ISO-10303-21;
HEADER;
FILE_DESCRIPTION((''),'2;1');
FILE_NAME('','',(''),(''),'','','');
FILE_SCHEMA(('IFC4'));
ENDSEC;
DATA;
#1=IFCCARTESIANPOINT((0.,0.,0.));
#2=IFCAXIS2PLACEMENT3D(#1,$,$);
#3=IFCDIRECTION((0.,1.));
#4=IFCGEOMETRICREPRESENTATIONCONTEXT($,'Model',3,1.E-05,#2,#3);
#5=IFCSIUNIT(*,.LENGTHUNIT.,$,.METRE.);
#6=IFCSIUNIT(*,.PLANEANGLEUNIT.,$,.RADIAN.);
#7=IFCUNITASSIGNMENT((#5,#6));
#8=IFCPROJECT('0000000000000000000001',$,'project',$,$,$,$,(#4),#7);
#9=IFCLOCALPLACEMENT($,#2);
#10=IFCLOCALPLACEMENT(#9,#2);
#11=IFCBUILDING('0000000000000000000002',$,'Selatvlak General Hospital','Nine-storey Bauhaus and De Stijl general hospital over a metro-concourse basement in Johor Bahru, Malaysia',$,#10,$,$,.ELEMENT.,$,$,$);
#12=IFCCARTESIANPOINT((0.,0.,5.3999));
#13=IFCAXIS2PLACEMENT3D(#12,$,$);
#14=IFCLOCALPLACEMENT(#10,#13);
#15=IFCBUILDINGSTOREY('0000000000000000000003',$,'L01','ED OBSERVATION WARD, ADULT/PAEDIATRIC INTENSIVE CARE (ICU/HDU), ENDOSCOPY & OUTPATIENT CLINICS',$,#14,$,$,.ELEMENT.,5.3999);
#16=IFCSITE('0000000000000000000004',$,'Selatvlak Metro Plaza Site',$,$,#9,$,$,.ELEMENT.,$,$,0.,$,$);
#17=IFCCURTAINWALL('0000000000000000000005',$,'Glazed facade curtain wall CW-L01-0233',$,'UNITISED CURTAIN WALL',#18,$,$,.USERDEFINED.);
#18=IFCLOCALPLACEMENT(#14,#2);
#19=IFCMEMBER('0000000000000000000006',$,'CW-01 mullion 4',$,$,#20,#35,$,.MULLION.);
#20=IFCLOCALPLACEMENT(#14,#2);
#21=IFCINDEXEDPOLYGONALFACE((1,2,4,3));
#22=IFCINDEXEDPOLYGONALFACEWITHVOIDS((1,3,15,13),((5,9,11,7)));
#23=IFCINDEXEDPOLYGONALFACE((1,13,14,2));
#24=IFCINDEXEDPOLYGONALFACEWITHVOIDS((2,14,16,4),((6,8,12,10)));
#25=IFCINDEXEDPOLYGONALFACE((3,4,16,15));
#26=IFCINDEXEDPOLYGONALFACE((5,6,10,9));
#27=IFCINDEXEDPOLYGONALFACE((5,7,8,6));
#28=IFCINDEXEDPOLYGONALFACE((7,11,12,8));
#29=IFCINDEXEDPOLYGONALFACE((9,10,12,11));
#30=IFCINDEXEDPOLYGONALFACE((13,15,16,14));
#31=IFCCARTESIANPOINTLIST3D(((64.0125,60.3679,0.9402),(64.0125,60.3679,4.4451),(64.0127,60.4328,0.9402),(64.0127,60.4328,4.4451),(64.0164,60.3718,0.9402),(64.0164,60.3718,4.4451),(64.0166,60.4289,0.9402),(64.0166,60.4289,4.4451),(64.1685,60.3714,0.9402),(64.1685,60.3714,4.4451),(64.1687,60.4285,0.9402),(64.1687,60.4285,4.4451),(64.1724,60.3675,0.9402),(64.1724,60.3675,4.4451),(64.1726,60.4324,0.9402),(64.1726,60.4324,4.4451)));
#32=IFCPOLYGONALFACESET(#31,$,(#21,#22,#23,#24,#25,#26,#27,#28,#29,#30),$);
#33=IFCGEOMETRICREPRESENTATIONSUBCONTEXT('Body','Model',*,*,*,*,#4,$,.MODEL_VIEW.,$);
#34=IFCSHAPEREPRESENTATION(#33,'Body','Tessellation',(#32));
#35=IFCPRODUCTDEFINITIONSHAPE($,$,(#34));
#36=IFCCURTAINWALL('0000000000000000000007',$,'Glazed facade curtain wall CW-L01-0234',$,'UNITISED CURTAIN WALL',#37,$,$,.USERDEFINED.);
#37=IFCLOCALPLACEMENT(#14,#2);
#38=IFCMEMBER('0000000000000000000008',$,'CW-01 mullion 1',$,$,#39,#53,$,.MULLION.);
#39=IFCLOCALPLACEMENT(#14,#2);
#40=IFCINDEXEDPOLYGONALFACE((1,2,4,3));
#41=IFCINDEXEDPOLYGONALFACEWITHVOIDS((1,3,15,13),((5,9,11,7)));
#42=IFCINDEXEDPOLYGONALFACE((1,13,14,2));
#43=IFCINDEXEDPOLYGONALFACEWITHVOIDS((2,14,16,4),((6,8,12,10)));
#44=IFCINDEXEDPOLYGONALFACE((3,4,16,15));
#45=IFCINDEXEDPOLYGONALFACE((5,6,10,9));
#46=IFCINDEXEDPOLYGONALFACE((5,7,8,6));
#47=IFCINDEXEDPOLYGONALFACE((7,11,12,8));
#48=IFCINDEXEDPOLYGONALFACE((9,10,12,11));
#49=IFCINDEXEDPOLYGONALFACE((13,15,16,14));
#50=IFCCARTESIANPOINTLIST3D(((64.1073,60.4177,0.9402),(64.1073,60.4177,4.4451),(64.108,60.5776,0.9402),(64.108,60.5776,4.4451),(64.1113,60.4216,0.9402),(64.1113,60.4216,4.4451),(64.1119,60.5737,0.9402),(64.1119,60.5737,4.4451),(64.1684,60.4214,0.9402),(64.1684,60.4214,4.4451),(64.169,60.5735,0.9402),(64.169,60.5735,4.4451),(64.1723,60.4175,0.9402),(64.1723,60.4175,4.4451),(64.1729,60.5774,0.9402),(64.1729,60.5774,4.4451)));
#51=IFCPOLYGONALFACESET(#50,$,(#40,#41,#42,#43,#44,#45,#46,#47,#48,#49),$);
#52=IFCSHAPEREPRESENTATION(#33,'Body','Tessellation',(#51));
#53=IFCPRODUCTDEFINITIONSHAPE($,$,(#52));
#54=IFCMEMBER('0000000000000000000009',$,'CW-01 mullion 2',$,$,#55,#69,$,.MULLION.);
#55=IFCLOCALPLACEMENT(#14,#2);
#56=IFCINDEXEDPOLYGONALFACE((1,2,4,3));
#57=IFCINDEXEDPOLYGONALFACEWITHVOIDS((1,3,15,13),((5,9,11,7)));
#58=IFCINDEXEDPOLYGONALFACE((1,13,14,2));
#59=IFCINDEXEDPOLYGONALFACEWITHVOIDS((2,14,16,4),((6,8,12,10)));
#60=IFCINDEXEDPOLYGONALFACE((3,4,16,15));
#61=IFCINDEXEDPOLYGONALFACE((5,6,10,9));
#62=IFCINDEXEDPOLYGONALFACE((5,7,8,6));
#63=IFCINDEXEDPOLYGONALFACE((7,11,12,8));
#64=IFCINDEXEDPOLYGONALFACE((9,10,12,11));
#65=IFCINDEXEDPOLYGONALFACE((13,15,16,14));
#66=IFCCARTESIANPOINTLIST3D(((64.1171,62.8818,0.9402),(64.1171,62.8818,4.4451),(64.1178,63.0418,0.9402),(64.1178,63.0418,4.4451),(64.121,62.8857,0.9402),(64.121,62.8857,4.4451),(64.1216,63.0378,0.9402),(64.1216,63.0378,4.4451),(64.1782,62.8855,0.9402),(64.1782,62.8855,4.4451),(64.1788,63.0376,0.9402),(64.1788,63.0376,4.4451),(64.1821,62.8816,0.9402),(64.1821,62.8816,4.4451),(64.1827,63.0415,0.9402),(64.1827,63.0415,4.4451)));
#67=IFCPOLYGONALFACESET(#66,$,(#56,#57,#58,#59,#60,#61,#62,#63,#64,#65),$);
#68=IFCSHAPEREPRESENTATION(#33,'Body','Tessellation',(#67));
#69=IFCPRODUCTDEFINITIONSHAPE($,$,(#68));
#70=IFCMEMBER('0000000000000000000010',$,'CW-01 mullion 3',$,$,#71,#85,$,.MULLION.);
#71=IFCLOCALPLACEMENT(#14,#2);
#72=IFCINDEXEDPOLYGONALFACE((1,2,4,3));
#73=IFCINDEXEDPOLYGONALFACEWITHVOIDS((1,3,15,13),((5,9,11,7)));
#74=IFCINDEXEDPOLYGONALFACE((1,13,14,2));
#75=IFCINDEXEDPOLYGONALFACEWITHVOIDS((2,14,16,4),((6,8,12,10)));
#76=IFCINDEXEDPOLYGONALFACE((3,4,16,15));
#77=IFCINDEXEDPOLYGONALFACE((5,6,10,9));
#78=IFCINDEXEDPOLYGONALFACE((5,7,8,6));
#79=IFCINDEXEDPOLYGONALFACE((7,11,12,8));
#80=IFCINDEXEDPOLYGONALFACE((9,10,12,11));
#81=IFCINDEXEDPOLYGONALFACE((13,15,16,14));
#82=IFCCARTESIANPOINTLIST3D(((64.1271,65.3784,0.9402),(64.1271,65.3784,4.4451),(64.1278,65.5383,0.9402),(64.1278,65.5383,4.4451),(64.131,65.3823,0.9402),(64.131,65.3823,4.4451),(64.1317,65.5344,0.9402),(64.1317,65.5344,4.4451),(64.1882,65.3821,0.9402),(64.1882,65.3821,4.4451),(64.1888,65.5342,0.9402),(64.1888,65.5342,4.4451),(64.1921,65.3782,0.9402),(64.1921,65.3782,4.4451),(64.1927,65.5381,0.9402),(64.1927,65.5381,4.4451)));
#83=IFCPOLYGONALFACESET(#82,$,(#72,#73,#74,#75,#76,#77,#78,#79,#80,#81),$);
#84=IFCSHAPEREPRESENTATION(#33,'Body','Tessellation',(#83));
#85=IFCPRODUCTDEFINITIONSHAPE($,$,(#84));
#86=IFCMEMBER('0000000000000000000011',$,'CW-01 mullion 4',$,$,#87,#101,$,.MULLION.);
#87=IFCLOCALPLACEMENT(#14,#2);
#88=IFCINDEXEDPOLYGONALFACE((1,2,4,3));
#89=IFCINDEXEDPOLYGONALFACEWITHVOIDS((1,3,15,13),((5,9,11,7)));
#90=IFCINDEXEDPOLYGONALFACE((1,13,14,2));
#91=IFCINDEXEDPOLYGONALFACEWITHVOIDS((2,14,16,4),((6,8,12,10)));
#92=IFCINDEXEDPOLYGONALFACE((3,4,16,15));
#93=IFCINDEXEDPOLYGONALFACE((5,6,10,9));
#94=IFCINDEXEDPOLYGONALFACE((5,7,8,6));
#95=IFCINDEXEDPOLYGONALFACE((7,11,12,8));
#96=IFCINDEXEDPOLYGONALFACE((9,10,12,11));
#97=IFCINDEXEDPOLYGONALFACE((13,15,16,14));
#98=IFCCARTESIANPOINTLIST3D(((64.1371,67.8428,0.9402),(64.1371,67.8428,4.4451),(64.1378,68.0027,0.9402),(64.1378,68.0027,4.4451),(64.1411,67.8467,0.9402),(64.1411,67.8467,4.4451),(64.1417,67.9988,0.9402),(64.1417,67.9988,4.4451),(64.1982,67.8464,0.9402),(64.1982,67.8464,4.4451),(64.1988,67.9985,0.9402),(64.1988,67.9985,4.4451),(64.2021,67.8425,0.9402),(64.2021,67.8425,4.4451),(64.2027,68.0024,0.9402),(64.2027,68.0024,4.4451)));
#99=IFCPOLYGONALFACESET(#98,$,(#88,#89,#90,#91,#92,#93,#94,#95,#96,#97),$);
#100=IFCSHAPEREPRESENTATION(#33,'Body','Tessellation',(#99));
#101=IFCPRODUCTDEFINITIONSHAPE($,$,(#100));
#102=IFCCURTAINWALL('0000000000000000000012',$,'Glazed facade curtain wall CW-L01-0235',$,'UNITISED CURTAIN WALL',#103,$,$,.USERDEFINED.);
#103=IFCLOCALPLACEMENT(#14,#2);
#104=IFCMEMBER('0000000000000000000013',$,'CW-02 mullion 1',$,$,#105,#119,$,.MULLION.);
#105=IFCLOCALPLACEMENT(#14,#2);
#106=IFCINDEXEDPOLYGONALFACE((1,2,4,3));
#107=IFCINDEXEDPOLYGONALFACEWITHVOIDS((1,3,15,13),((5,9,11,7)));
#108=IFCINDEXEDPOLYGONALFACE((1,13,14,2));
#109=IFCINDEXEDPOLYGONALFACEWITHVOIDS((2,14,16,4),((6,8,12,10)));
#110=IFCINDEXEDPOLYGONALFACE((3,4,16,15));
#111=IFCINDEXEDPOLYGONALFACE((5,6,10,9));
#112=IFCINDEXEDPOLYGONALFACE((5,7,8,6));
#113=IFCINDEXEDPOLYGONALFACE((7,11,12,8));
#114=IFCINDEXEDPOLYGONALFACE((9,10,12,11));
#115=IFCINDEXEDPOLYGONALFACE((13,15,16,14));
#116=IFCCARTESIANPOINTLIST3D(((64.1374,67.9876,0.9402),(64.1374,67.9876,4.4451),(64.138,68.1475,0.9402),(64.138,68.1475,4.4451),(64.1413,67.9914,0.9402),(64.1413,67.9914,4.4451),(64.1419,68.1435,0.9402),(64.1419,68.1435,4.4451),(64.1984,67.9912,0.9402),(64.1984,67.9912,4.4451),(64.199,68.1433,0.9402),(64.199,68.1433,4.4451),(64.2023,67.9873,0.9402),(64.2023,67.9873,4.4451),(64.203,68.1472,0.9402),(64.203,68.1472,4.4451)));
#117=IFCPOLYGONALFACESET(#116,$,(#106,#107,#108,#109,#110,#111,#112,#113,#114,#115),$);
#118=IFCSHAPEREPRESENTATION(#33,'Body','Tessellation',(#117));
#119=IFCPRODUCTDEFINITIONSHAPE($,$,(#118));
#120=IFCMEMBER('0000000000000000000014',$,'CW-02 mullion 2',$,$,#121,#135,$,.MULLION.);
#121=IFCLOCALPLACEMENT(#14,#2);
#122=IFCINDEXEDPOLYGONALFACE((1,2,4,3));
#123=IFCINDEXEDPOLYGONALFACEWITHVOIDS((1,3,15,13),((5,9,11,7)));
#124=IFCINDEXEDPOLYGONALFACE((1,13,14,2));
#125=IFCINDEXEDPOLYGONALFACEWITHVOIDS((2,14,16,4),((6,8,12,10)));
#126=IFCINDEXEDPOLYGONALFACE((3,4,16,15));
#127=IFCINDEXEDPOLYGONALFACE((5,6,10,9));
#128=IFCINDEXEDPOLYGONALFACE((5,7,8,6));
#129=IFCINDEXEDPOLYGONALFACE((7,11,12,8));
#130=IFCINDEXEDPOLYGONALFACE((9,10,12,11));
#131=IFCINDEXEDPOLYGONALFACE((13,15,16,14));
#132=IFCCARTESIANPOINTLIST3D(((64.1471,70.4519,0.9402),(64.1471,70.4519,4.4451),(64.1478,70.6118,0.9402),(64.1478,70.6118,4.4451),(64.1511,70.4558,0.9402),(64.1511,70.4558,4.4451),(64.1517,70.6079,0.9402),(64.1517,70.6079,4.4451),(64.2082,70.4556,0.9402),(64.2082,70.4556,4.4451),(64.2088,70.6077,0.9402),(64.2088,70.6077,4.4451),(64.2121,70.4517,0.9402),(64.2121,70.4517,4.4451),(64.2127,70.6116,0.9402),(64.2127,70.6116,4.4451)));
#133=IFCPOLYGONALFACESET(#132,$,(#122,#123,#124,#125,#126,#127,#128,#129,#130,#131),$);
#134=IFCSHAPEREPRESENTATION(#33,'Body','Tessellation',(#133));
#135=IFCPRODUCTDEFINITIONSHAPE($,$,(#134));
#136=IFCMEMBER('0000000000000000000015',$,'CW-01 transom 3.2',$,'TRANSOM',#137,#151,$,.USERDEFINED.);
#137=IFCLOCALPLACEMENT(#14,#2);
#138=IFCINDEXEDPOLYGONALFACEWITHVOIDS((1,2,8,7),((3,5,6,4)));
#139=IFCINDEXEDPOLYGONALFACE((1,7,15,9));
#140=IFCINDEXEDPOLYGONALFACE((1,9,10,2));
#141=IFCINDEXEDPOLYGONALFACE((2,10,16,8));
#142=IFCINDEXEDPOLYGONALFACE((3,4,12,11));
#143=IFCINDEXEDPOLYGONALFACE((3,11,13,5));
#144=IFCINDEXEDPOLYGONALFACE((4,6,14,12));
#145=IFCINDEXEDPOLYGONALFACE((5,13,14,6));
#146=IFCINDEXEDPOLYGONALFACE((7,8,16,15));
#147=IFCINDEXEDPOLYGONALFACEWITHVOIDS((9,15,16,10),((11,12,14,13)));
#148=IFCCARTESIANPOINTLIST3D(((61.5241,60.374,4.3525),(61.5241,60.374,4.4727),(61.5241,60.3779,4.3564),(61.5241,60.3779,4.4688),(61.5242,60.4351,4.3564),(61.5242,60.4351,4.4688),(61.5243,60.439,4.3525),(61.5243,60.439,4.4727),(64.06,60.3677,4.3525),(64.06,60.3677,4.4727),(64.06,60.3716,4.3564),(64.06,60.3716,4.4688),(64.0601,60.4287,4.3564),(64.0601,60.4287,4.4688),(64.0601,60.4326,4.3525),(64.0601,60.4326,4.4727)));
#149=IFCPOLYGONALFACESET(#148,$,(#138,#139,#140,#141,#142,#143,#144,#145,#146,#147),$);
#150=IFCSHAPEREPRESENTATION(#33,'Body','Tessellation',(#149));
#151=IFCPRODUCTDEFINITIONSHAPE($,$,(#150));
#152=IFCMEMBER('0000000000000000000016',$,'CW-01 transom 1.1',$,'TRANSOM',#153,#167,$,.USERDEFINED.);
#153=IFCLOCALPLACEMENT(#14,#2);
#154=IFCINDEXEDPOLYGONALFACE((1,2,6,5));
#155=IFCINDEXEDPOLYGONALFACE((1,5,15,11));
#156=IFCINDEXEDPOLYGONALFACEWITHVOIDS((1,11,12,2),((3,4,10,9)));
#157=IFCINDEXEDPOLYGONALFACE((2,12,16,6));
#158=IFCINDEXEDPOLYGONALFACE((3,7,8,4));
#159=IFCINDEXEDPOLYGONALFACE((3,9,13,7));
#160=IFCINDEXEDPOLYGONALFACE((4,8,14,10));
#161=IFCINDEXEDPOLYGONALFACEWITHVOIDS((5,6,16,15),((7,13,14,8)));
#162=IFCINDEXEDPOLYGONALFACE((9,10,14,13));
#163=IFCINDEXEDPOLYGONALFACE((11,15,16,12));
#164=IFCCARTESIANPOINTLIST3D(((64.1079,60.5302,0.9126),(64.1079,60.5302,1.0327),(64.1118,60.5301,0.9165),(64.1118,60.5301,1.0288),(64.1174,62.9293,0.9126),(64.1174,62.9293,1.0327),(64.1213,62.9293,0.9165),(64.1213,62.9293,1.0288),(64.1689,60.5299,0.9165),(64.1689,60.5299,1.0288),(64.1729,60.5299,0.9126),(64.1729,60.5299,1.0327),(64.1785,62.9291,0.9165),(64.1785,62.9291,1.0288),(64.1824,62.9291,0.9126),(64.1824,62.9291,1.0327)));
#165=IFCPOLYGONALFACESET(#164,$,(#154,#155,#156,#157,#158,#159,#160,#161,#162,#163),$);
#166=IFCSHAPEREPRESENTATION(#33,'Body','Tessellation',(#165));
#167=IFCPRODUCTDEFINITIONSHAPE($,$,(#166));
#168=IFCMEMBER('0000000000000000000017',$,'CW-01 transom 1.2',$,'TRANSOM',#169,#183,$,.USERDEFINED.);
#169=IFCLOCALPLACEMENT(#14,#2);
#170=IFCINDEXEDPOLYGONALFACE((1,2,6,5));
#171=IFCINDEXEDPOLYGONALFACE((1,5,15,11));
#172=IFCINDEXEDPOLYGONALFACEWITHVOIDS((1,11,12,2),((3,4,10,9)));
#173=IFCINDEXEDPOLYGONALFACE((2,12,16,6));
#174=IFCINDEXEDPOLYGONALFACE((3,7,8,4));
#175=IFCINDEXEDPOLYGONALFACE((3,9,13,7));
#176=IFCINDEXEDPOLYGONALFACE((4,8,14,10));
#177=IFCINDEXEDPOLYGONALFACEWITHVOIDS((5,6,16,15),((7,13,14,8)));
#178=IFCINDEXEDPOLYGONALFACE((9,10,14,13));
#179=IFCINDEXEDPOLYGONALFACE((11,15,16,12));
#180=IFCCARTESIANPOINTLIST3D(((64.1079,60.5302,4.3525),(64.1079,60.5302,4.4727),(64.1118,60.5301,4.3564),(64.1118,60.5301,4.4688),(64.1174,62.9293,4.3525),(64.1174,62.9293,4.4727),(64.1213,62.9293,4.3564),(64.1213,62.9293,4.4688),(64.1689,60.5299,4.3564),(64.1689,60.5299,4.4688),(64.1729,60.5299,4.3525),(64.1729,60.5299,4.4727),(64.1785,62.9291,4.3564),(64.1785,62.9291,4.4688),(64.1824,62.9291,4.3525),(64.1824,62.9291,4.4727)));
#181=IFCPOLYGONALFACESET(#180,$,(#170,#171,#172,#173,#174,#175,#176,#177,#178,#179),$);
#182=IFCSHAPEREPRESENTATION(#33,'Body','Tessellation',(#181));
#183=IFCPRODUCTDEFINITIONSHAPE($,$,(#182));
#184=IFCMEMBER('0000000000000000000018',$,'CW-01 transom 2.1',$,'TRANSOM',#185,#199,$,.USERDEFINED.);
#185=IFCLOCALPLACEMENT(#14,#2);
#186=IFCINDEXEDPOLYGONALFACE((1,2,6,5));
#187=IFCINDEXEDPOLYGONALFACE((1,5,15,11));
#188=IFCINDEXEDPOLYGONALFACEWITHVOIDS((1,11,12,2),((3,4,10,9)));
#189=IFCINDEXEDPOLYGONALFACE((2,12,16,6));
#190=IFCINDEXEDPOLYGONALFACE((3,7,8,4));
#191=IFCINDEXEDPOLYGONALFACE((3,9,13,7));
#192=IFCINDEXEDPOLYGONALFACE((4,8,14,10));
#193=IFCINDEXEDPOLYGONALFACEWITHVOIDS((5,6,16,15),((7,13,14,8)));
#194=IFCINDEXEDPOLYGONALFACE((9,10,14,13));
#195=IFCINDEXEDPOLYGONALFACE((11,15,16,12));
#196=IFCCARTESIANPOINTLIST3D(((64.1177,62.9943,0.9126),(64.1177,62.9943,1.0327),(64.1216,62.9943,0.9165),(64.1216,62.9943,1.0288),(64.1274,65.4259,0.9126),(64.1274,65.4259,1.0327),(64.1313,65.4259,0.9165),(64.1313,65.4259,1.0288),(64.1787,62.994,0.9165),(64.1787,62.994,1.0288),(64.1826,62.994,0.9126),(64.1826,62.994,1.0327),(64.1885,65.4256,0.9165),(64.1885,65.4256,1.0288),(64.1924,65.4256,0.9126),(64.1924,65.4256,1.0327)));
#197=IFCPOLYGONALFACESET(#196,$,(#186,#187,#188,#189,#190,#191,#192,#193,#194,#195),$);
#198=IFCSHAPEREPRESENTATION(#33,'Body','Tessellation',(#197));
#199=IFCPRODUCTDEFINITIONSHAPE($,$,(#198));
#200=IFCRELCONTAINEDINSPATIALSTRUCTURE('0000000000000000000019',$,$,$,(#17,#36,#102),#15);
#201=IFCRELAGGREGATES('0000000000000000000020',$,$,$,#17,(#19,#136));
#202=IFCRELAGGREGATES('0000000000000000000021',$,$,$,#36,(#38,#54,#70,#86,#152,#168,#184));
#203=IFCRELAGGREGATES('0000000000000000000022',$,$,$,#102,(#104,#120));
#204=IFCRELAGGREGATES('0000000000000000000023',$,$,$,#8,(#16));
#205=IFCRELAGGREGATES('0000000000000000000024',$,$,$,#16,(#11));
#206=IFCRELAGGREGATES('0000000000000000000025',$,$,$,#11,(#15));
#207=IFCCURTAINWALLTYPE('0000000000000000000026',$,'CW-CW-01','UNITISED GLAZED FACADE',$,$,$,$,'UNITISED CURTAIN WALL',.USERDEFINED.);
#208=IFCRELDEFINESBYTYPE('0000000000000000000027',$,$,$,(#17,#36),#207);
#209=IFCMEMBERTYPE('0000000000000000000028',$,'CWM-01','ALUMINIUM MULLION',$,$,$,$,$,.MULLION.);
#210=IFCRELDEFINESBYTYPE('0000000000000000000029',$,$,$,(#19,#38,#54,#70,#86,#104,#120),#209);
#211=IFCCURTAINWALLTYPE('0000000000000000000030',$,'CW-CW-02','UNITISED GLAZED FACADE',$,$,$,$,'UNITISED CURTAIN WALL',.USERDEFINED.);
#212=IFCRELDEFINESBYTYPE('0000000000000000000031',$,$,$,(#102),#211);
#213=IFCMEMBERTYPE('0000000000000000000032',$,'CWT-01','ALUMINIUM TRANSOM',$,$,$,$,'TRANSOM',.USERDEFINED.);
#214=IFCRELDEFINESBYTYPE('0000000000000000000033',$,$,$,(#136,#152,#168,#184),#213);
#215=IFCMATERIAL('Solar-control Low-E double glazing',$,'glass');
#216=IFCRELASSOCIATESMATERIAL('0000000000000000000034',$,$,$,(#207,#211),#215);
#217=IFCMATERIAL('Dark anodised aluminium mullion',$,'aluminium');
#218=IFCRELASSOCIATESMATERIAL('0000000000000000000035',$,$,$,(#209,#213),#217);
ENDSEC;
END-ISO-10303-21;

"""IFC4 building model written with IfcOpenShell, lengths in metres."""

from ifc_helpers import new_model, si_unit, direction, frame, origin, origin_2d, place, context, subcontext, project, spatial, hollow_rectangle, extrude, material, material_profile, profile_set, type_object, element, aggregate, save


model = new_model("IFC4")

# Units and contexts
model_context = context("Model", 3, precision=1e-05, world=origin(), true_north=direction((0.0, 1.0)))
body_context = subcontext(model_context, "Body", "Model", "MODEL_VIEW")
ifc_project = project(units=[si_unit("LENGTHUNIT", "METRE"), si_unit("PLANEANGLEUNIT", "RADIAN")], contexts=[model_context])

# Site, building, storey
site_placement = place(None, origin())
site = spatial("IfcSite", under=ifc_project, at=site_placement, Name="Selatvlak Metro Plaza Site", CompositionType="ELEMENT", RefElevation=0.0)
building_placement = place(site_placement, origin())
building = spatial("IfcBuilding", under=site, at=building_placement, Name="Selatvlak General Hospital", Description="Nine-storey Bauhaus and De Stijl general hospital over a metro-concourse basement in Johor Bahru, Malaysia", CompositionType="ELEMENT")
storey_placement = place(building_placement, frame((0.0, 0.0, 5.3999)))
storey = spatial("IfcBuildingStorey", under=building, at=storey_placement, Name="L01", Description="ED OBSERVATION WARD, ADULT/PAEDIATRIC INTENSIVE CARE (ICU/HDU), ENDOSCOPY & OUTPATIENT CLINICS", CompositionType="ELEMENT", Elevation=5.3999)

# Curtain wall, member
ifc_material_1 = material(Name="Solar-control Low-E double glazing", Category="glass")
curtain_wall_type_1 = type_object("IfcCurtainWallType", Name="CW-CW-01", Description="UNITISED GLAZED FACADE", ElementType="UNITISED CURTAIN WALL", PredefinedType="USERDEFINED", material=ifc_material_1)
curtain_wall_1_placement = place(storey_placement, origin())
curtain_wall_1 = element("IfcCurtainWall", 1, at=curtain_wall_1_placement, inside=storey, type_object=curtain_wall_type_1, Name="Glazed facade curtain wall CW-L01-0233", ObjectType="UNITISED CURTAIN WALL", PredefinedType="USERDEFINED")
ifc_material_2 = material(Name="Dark anodised aluminium mullion", Category="aluminium")
ifc_material_profile_1 = material_profile(ifc_material_2, hollow_rectangle(XDim=0.0649, YDim=0.1599, WallThickness=0.0039, at=origin_2d()), Name="AL-MUL 65x160x4")
ifc_profile_set_1 = profile_set([ifc_material_profile_1], Name="Dark anodised aluminium mullion")
member_type_1 = type_object("IfcMemberType", Name="CWM-01", Description="ALUMINIUM MULLION", PredefinedType="MULLION", material=ifc_profile_set_1)
member_1_placement = place(storey_placement, frame((64.0925, 60.4001, 0.9402), z_axis=(0.0, 0.0, 1.0), x_axis=(0.002532, 0.999997, 0.0)))
member_1 = element("IfcMember", 2, at=member_1_placement, type_object=member_type_1, Name="CW-01 mullion 4", PredefinedType="MULLION", context=body_context, shape_type="SweptSolid", body=[
    extrude(hollow_rectangle(XDim=0.0649, YDim=0.1599, WallThickness=0.0039, at=origin_2d()), origin(), (0.0, 0.0, 1.0), 3.5049),
])

# Curtain walls, members
curtain_wall_2_placement = place(storey_placement, origin())
curtain_wall_2 = element("IfcCurtainWall", 3, at=curtain_wall_2_placement, inside=storey, type_object=curtain_wall_type_1, Name="Glazed facade curtain wall CW-L01-0234", ObjectType="UNITISED CURTAIN WALL", PredefinedType="USERDEFINED")
member_2_placement = place(storey_placement, frame((64.1401, 60.4976, 0.9402), z_axis=(0.0, 0.0, 1.0), x_axis=(-0.999992, 0.004005, 0.0)))
member_2 = element("IfcMember", 4, at=member_2_placement, type_object=member_type_1, Name="CW-01 mullion 1", PredefinedType="MULLION", context=body_context, shape_type="SweptSolid", body=[
    extrude(hollow_rectangle(XDim=0.0649, YDim=0.1599, WallThickness=0.0039, at=origin_2d()), origin(), (0.0, 0.0, 1.0), 3.5049),
])
member_3_placement = place(storey_placement, frame((64.1499, 62.9617, 0.9402), z_axis=(0.0, 0.0, 1.0), x_axis=(-0.999992, 0.004005, 0.0)))
member_3 = element("IfcMember", 5, at=member_3_placement, type_object=member_type_1, Name="CW-01 mullion 2", PredefinedType="MULLION", context=body_context, shape_type="SweptSolid", body=[
    extrude(hollow_rectangle(XDim=0.0649, YDim=0.1599, WallThickness=0.0039, at=origin_2d()), origin(), (0.0, 0.0, 1.0), 3.5049),
])
member_4_placement = place(storey_placement, frame((64.1599, 65.4583, 0.9402), z_axis=(0.0, 0.0, 1.0), x_axis=(-0.999992, 0.004005, 0.0)))
member_4 = element("IfcMember", 6, at=member_4_placement, type_object=member_type_1, Name="CW-01 mullion 3", PredefinedType="MULLION", context=body_context, shape_type="SweptSolid", body=[
    extrude(hollow_rectangle(XDim=0.0649, YDim=0.1599, WallThickness=0.0039, at=origin_2d()), origin(), (0.0, 0.0, 1.0), 3.5049),
])
member_5_placement = place(storey_placement, frame((64.1699, 67.9226, 0.9402), z_axis=(0.0, 0.0, 1.0), x_axis=(-0.999992, 0.004005, 0.0)))
member_5 = element("IfcMember", 7, at=member_5_placement, type_object=member_type_1, Name="CW-01 mullion 4", PredefinedType="MULLION", context=body_context, shape_type="SweptSolid", body=[
    extrude(hollow_rectangle(XDim=0.0649, YDim=0.1599, WallThickness=0.0039, at=origin_2d()), origin(), (0.0, 0.0, 1.0), 3.5049),
])
curtain_wall_type_2 = type_object("IfcCurtainWallType", Name="CW-CW-02", Description="UNITISED GLAZED FACADE", ElementType="UNITISED CURTAIN WALL", PredefinedType="USERDEFINED", material=ifc_material_1)
curtain_wall_3_placement = place(storey_placement, origin())
curtain_wall_3 = element("IfcCurtainWall", 8, at=curtain_wall_3_placement, inside=storey, type_object=curtain_wall_type_2, Name="Glazed facade curtain wall CW-L01-0235", ObjectType="UNITISED CURTAIN WALL", PredefinedType="USERDEFINED")
member_6_placement = place(storey_placement, frame((64.1702, 68.0674, 0.9402), z_axis=(0.0, 0.0, 1.0), x_axis=(-0.999992, 0.004005, 0.0)))
member_6 = element("IfcMember", 9, at=member_6_placement, type_object=member_type_1, Name="CW-02 mullion 1", PredefinedType="MULLION", context=body_context, shape_type="SweptSolid", body=[
    extrude(hollow_rectangle(XDim=0.0649, YDim=0.1599, WallThickness=0.0039, at=origin_2d()), origin(), (0.0, 0.0, 1.0), 3.5049),
])
member_7_placement = place(storey_placement, frame((64.1799, 70.5317, 0.9402), z_axis=(0.0, 0.0, 1.0), x_axis=(-0.999992, 0.004005, 0.0)))
member_7 = element("IfcMember", 10, at=member_7_placement, type_object=member_type_1, Name="CW-02 mullion 2", PredefinedType="MULLION", context=body_context, shape_type="SweptSolid", body=[
    extrude(hollow_rectangle(XDim=0.0649, YDim=0.1599, WallThickness=0.0039, at=origin_2d()), origin(), (0.0, 0.0, 1.0), 3.5049),
])

# Members
ifc_material_profile_2 = material_profile(ifc_material_2, hollow_rectangle(XDim=0.0649, YDim=0.1201, WallThickness=0.0039, at=origin_2d()), Name="AL-TRN 65x120x4")
ifc_profile_set_2 = profile_set([ifc_material_profile_2], Name="Dark anodised aluminium mullion")
member_type_2 = type_object("IfcMemberType", Name="CWT-01", Description="ALUMINIUM TRANSOM", ElementType="TRANSOM", PredefinedType="USERDEFINED", material=ifc_profile_set_2)
member_8_placement = place(storey_placement, frame((61.5242, 60.4065, 4.4126), z_axis=(0.999997, -0.002503, 0.0), x_axis=(0.002503, 0.999997, 0.0)))
member_8 = element("IfcMember", 11, at=member_8_placement, type_object=member_type_2, Name="CW-01 transom 3.2", ObjectType="TRANSOM", PredefinedType="USERDEFINED", context=body_context, shape_type="SweptSolid", body=[
    extrude(hollow_rectangle(XDim=0.0649, YDim=0.1201, WallThickness=0.0039, at=origin_2d()), origin(), (0.0, 0.0, 1.0), 2.5359),
])
member_9_placement = place(storey_placement, frame((64.1404, 60.53, 0.9727), z_axis=(0.003969, 0.999992, 0.0), x_axis=(-0.999992, 0.003969, 0.0)))
member_9 = element("IfcMember", 12, at=member_9_placement, type_object=member_type_2, Name="CW-01 transom 1.1", ObjectType="TRANSOM", PredefinedType="USERDEFINED", context=body_context, shape_type="SweptSolid", body=[
    extrude(hollow_rectangle(XDim=0.0649, YDim=0.1201, WallThickness=0.0039, at=origin_2d()), origin(), (0.0, 0.0, 1.0), 2.3992),
])
member_10_placement = place(storey_placement, frame((64.1404, 60.53, 4.4126), z_axis=(0.003969, 0.999992, 0.0), x_axis=(-0.999992, 0.003969, 0.0)))
member_10 = element("IfcMember", 13, at=member_10_placement, type_object=member_type_2, Name="CW-01 transom 1.2", ObjectType="TRANSOM", PredefinedType="USERDEFINED", context=body_context, shape_type="SweptSolid", body=[
    extrude(hollow_rectangle(XDim=0.0649, YDim=0.1201, WallThickness=0.0039, at=origin_2d()), origin(), (0.0, 0.0, 1.0), 2.3992),
])
member_11_placement = place(storey_placement, frame((64.1501, 62.9941, 0.9727), z_axis=(0.004016, 0.999992, 0.0), x_axis=(-0.999992, 0.004016, 0.0)))
member_11 = element("IfcMember", 14, at=member_11_placement, type_object=member_type_2, Name="CW-01 transom 2.1", ObjectType="TRANSOM", PredefinedType="USERDEFINED", context=body_context, shape_type="SweptSolid", body=[
    extrude(hollow_rectangle(XDim=0.0649, YDim=0.1201, WallThickness=0.0039, at=origin_2d()), origin(), (0.0, 0.0, 1.0), 2.4316),
])

aggregate(curtain_wall_1, [member_1, member_8])
aggregate(curtain_wall_2, [member_2, member_3, member_4, member_5, member_9, member_10, member_11])
aggregate(curtain_wall_3, [member_6, member_7])

save(model, "model.ifc")
